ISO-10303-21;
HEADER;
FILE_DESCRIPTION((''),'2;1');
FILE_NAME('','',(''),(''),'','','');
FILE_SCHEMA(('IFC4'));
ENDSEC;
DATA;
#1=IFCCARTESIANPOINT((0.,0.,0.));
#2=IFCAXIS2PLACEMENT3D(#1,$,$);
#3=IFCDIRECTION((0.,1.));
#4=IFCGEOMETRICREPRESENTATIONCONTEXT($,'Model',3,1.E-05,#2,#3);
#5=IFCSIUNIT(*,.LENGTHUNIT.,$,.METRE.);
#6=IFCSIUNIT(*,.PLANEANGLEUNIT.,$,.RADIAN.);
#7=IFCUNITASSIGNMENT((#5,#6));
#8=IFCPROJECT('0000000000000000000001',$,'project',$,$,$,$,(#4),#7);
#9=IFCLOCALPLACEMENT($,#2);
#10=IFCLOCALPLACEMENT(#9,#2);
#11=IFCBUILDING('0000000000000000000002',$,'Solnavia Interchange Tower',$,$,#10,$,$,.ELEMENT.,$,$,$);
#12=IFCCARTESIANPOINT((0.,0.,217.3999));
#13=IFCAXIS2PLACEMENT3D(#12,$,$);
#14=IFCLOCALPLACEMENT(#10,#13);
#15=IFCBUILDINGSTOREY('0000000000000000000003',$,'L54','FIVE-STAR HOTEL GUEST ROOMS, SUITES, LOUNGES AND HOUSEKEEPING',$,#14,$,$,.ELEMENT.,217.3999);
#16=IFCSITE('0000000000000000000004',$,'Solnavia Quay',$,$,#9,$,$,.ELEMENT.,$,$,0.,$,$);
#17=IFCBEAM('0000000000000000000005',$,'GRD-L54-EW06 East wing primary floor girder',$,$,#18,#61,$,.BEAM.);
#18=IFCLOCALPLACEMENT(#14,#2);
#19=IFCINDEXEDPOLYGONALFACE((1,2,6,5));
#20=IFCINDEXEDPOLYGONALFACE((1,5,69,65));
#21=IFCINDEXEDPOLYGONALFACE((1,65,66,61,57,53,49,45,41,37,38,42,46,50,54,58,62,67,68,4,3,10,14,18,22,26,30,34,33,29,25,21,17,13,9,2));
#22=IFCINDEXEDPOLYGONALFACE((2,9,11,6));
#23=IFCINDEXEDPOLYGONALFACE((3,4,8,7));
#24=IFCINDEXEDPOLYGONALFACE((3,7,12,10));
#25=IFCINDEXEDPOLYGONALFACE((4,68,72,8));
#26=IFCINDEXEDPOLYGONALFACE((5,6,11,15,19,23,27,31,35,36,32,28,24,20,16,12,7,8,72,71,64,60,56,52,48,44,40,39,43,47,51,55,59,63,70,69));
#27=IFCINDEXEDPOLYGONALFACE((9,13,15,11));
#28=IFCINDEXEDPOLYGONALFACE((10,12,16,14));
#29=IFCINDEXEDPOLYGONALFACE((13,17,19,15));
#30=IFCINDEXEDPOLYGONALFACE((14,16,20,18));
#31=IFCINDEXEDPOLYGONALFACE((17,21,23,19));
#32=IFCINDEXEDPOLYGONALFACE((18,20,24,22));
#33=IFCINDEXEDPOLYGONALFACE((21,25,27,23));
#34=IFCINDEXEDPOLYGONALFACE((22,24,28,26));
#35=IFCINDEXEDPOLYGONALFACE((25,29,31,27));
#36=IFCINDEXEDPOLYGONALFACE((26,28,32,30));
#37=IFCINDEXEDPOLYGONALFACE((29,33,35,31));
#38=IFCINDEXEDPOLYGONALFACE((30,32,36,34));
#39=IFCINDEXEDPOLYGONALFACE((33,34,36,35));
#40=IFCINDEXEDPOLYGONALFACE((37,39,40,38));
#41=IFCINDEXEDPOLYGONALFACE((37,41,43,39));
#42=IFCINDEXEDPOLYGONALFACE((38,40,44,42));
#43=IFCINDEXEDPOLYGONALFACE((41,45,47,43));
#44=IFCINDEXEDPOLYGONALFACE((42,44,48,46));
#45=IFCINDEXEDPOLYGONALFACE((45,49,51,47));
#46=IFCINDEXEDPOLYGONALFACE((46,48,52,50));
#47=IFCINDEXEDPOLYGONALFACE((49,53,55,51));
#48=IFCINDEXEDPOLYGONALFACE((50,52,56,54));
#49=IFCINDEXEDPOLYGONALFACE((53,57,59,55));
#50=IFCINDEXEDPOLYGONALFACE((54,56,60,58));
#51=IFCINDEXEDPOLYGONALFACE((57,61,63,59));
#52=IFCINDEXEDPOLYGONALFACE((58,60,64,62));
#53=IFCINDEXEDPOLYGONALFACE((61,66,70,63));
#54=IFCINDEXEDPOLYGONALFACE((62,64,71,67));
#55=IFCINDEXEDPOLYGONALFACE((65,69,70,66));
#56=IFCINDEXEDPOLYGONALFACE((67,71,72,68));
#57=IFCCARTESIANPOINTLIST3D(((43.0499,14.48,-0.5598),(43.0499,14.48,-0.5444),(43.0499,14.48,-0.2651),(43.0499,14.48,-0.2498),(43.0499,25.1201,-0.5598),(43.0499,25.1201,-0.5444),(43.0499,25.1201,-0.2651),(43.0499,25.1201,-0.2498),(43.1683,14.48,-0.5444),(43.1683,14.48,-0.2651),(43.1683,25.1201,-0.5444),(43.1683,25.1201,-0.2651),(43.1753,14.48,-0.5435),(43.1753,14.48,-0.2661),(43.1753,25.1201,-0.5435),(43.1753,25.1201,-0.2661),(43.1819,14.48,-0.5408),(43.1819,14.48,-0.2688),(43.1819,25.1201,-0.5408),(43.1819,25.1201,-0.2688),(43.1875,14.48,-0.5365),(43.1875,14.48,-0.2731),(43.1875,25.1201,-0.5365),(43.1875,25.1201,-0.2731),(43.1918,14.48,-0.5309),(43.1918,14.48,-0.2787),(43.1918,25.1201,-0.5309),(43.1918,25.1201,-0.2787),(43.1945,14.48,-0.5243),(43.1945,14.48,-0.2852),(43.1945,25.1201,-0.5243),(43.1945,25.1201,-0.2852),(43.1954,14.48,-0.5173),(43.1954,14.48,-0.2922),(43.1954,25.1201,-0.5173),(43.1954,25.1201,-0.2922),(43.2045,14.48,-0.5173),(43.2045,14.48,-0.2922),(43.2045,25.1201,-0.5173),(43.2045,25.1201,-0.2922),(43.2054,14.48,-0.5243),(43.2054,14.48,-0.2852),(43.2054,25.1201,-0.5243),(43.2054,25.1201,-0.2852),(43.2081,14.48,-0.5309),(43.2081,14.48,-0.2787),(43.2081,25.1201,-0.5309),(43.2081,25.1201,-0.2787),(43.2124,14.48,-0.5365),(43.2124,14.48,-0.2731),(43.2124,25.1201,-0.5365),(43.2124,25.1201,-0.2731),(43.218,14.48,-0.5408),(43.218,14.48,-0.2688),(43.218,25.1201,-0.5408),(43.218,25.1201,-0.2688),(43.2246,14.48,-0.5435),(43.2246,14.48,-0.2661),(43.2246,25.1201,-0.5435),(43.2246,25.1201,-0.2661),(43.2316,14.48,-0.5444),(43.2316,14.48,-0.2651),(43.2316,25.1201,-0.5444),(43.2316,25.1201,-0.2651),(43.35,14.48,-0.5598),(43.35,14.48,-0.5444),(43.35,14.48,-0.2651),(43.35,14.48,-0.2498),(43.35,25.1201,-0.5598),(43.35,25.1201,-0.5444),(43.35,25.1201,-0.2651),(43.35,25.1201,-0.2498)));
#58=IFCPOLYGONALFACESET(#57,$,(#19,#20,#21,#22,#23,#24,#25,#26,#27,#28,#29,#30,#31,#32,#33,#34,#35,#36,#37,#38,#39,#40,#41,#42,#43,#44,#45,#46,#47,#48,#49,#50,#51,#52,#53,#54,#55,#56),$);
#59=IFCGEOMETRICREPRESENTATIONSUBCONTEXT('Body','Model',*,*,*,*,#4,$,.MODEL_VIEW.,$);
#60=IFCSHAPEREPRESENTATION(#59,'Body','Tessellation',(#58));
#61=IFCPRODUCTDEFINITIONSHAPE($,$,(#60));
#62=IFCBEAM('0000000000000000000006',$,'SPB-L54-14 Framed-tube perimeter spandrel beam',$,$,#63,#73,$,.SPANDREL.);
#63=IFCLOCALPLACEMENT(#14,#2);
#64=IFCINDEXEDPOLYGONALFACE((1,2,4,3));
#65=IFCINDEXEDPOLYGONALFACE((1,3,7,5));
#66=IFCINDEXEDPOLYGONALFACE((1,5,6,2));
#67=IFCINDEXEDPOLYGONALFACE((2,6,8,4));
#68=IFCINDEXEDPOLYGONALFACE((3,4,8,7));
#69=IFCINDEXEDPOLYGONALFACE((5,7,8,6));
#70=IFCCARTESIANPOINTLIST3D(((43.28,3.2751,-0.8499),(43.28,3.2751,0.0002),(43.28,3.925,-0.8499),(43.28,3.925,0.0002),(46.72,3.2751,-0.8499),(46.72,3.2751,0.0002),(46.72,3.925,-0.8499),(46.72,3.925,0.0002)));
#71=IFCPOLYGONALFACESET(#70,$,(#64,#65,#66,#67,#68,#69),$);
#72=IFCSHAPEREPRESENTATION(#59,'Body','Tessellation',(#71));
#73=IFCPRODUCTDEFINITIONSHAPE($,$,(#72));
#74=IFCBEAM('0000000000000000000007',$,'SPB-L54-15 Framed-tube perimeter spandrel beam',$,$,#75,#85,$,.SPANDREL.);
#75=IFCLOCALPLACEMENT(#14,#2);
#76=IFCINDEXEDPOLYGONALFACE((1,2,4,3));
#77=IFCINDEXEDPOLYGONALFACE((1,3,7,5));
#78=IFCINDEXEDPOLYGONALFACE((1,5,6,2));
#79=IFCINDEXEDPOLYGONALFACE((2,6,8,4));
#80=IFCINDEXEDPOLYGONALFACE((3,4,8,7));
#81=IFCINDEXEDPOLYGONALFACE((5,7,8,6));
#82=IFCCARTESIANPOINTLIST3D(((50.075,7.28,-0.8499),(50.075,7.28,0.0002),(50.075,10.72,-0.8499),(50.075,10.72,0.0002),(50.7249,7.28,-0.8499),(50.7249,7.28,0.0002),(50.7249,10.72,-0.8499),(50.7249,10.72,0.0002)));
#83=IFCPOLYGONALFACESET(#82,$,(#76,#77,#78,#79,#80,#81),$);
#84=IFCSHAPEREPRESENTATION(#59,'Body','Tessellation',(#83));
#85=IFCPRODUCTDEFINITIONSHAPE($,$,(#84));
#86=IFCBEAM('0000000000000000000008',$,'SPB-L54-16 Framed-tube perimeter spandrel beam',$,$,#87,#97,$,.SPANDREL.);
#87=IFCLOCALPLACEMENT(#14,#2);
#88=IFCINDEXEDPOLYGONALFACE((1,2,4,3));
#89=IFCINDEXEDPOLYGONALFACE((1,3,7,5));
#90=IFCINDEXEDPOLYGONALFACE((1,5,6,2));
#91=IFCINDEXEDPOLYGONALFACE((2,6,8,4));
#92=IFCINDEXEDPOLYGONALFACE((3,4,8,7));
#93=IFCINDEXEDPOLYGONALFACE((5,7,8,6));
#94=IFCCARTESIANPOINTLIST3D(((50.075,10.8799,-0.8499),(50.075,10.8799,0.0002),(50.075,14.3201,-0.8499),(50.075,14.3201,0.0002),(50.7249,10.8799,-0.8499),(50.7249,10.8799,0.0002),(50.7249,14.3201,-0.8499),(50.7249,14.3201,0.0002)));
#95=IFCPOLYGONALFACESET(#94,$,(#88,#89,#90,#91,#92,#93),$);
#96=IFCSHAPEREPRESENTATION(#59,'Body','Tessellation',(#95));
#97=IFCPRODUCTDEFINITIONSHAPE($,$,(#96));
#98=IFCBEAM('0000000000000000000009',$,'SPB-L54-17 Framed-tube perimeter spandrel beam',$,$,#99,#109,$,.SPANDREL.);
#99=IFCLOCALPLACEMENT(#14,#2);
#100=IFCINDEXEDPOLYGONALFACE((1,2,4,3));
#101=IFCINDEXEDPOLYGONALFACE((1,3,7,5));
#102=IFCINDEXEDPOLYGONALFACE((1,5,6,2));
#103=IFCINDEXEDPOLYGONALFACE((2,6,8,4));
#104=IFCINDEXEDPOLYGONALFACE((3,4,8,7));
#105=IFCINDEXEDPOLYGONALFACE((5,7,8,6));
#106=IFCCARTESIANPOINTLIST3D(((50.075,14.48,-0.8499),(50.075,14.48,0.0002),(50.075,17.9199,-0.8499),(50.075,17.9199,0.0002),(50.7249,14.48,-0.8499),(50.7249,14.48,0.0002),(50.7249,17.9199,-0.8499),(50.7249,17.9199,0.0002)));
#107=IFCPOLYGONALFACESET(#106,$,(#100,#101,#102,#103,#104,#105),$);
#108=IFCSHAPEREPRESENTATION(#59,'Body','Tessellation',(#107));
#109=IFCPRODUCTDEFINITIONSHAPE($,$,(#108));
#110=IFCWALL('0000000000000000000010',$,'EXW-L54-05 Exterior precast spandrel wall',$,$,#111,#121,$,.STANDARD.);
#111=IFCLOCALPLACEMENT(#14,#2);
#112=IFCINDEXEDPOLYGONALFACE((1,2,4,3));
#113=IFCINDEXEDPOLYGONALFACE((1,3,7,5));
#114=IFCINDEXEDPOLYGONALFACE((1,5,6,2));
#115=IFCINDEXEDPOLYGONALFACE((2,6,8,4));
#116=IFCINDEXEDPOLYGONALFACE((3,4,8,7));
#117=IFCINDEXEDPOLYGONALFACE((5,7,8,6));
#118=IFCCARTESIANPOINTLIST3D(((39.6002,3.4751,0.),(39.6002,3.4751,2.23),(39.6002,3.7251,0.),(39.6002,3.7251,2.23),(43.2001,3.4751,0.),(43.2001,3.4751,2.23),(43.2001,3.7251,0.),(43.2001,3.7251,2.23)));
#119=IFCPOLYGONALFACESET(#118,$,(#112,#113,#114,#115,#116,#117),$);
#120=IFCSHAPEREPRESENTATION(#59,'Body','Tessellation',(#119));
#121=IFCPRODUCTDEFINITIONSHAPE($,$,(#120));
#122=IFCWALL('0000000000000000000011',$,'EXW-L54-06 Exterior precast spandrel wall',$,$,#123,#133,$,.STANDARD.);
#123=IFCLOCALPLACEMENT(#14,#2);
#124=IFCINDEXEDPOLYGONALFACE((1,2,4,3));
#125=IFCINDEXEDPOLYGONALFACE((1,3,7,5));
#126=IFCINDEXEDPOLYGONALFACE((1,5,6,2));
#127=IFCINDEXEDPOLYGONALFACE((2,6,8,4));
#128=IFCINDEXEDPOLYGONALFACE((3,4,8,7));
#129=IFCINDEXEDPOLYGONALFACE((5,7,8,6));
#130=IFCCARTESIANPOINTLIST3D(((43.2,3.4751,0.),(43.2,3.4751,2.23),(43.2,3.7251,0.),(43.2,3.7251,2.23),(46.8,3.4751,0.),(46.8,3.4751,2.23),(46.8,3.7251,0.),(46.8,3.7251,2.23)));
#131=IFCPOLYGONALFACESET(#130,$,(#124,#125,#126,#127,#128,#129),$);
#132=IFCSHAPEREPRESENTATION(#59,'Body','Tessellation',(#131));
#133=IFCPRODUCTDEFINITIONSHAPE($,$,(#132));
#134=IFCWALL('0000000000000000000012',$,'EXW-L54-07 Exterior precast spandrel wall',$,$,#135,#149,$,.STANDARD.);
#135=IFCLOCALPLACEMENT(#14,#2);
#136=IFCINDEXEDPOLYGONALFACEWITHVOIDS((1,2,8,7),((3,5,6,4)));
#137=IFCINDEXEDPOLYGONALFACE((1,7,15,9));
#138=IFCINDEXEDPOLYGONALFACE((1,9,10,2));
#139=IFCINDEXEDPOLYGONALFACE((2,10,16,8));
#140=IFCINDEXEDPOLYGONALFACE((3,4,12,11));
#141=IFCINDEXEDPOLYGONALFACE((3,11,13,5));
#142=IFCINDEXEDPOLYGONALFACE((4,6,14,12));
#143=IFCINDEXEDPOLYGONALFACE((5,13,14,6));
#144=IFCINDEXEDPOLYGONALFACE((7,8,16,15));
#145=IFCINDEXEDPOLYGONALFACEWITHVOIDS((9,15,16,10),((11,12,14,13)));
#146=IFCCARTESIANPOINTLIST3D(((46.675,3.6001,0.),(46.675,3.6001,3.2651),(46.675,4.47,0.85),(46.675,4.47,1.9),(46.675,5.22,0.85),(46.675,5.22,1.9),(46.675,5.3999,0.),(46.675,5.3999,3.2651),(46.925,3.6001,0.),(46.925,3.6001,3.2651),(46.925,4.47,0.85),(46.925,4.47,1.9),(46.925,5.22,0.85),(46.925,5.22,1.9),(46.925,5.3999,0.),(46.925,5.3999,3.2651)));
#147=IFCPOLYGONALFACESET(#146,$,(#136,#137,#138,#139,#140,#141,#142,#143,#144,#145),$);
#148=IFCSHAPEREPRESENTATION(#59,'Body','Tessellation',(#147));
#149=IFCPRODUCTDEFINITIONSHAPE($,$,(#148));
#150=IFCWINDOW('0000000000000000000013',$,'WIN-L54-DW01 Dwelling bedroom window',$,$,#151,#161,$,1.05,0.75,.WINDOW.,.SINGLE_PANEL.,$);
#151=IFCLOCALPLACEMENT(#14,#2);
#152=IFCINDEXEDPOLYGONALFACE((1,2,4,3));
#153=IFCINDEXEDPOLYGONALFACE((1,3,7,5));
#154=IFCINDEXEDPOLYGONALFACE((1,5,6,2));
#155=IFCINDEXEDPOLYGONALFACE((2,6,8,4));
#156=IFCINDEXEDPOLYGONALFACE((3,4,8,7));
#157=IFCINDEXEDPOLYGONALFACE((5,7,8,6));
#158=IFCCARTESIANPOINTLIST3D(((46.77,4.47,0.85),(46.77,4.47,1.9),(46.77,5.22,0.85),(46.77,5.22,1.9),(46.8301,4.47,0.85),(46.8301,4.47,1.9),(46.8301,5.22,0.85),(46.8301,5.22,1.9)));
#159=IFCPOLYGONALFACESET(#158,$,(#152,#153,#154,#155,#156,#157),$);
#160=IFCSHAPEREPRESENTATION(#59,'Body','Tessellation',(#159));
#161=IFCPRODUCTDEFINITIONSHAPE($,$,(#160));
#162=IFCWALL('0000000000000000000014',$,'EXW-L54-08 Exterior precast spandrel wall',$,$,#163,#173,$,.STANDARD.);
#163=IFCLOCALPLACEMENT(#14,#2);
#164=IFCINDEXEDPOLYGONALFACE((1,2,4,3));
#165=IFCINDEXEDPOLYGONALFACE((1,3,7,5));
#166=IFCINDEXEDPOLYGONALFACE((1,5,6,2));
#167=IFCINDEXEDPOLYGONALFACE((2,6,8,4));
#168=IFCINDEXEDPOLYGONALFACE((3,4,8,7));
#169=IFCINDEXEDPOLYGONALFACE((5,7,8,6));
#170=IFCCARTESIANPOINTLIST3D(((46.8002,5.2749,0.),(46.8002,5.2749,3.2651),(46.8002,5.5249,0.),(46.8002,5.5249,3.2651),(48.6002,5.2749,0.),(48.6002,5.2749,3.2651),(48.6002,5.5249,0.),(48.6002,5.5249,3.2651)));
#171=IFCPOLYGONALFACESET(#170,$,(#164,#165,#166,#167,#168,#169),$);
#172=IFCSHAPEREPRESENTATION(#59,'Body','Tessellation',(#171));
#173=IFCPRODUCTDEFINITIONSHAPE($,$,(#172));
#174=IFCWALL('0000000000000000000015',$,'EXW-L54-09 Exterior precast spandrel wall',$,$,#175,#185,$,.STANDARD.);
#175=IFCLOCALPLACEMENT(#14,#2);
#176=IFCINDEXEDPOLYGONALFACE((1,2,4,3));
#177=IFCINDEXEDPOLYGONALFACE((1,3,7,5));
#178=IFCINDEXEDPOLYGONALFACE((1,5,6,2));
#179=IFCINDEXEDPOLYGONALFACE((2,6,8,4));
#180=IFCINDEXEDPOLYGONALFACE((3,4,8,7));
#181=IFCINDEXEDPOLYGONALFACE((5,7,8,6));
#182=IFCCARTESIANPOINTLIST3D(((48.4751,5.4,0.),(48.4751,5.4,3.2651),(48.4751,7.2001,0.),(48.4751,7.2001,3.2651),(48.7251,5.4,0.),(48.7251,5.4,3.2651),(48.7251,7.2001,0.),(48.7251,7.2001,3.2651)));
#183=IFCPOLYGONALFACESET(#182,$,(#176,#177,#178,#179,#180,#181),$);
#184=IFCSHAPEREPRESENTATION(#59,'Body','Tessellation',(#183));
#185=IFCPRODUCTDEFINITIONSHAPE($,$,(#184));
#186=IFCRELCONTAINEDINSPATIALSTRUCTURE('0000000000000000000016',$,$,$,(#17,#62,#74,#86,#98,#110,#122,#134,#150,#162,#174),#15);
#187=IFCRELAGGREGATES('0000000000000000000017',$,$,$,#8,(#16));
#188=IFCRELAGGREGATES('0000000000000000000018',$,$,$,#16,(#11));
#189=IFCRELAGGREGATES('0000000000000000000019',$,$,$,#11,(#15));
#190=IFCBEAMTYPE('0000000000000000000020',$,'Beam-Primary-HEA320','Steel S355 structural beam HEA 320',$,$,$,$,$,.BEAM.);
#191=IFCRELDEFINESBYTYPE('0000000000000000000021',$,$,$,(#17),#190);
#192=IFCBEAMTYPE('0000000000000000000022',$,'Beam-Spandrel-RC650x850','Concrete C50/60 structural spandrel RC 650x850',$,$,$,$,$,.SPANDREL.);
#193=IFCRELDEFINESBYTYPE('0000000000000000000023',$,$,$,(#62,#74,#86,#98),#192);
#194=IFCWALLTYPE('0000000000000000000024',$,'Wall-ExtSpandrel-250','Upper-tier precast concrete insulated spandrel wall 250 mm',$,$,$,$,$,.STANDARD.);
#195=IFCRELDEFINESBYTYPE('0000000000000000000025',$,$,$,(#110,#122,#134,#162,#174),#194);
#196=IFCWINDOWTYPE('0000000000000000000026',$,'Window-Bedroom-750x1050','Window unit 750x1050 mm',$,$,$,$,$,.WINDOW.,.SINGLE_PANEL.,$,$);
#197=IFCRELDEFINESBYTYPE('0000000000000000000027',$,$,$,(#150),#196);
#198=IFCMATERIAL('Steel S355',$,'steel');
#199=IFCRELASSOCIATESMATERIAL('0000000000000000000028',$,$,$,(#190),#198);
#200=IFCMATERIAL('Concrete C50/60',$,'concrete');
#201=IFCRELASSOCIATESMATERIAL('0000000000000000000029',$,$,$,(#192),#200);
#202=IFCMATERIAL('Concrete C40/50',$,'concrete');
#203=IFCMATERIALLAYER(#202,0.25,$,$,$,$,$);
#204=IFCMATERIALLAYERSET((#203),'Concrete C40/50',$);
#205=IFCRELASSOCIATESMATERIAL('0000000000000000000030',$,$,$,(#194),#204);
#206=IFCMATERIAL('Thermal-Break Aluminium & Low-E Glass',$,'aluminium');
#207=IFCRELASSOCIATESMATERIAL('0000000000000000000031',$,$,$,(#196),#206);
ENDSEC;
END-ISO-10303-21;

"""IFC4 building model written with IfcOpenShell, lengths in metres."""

from ifc_helpers import new_model, si_unit, direction, frame, frame_2d, origin, origin_2d, place, context, subcontext, project, spatial, rectangle, i_section, extrude, material, layer, layer_set, material_profile, profile_set, type_object, element, fill, save


model = new_model("IFC4")

# Units and contexts
model_context = context("Model", 3, precision=1e-05, world=origin(), true_north=direction((0.0, 1.0)))
body_context = subcontext(model_context, "Body", "Model", "MODEL_VIEW")
ifc_project = project(units=[si_unit("LENGTHUNIT", "METRE"), si_unit("PLANEANGLEUNIT", "RADIAN")], contexts=[model_context])

# Site, building, storey
site_placement = place(None, origin())
site = spatial("IfcSite", under=ifc_project, at=site_placement, Name="Solnavia Quay", CompositionType="ELEMENT", RefElevation=0.0)
building_placement = place(site_placement, origin())
building = spatial("IfcBuilding", under=site, at=building_placement, Name="Solnavia Interchange Tower", CompositionType="ELEMENT")
storey_placement = place(building_placement, frame((0.0, 0.0, 217.3999)))
storey = spatial("IfcBuildingStorey", under=building, at=storey_placement, Name="L54", Description="FIVE-STAR HOTEL GUEST ROOMS, SUITES, LOUNGES AND HOUSEKEEPING", CompositionType="ELEMENT", Elevation=217.3999)

# Shared definitions
ifc_material_1 = material(Name="Concrete C50/60", Category="concrete")

# Beams
ifc_material_2 = material(Name="Steel S355", Category="steel")
ifc_material_profile_1 = material_profile(ifc_material_2, i_section(OverallWidth=0.3, OverallDepth=0.3101, WebThickness=0.009, FlangeThickness=0.0154, FilletRadius=0.0271, at=origin_2d()), Name="HEA 320")
ifc_profile_set_1 = profile_set([ifc_material_profile_1], Name="Steel S355")
beam_type_1 = type_object("IfcBeamType", Name="Beam-Primary-HEA320", Description="Steel S355 structural beam HEA 320", PredefinedType="BEAM", material=ifc_profile_set_1)
for number, where, z_axis, x_axis, name in (
    (1, (43.2, 14.48, -0.4048), (0.0, 1.0, 0.0), (-1.0, 0.0, 0.0), "GRD-L54-EW06 East wing primary floor girder"),
):
    element("IfcBeam", number, at=place(storey_placement, frame(where, z_axis=z_axis, x_axis=x_axis)), inside=storey, type_object=beam_type_1, Name=name, PredefinedType="BEAM", context=body_context, shape_type="SweptSolid", body=[
        extrude(i_section(OverallWidth=0.3, OverallDepth=0.3101, WebThickness=0.009, FlangeThickness=0.0154, FilletRadius=0.0271, at=origin_2d()), origin(), (0.0, 0.0, 1.0), 10.6401),
    ])
ifc_material_profile_2 = material_profile(ifc_material_1, rectangle(XDim=0.6499, YDim=0.8501, at=origin_2d()), Name="RC 650x850")
ifc_profile_set_2 = profile_set([ifc_material_profile_2], Name="Concrete C50/60")
beam_type_2 = type_object("IfcBeamType", Name="Beam-Spandrel-RC650x850", Description="Concrete C50/60 structural spandrel RC 650x850", PredefinedType="SPANDREL", material=ifc_profile_set_2)
for number, where, z_axis, x_axis, name in (
    (2, (43.28, 3.6001, -0.4248), (1.0, 0.0, 0.0), (0.0, 1.0, 0.0), "SPB-L54-14 Framed-tube perimeter spandrel beam"),
    (3, (50.3999, 7.28, -0.4248), (0.0, 1.0, 0.0), (-1.0, 0.0, 0.0), "SPB-L54-15 Framed-tube perimeter spandrel beam"),
):
    element("IfcBeam", number, at=place(storey_placement, frame(where, z_axis=z_axis, x_axis=x_axis)), inside=storey, type_object=beam_type_2, Name=name, PredefinedType="SPANDREL", context=body_context, shape_type="SweptSolid", body=[
        extrude(rectangle(XDim=0.6499, YDim=0.8501, at=origin_2d()), origin(), (0.0, 0.0, 1.0), 3.4399),
    ])
beam_1_placement = place(storey_placement, frame((50.3999, 10.8799, -0.4248), z_axis=(0.0, 1.0, 0.0), x_axis=(-1.0, 0.0, 0.0)))
element("IfcBeam", 4, at=beam_1_placement, inside=storey, type_object=beam_type_2, Name="SPB-L54-16 Framed-tube perimeter spandrel beam", PredefinedType="SPANDREL", context=body_context, shape_type="SweptSolid", body=[
    extrude(rectangle(XDim=0.6499, YDim=0.8501, at=origin_2d()), origin(), (0.0, 0.0, 1.0), 3.4402),
])
beam_2_placement = place(storey_placement, frame((50.3999, 14.48, -0.4248), z_axis=(0.0, 1.0, 0.0), x_axis=(-1.0, 0.0, 0.0)))
element("IfcBeam", 5, at=beam_2_placement, inside=storey, type_object=beam_type_2, Name="SPB-L54-17 Framed-tube perimeter spandrel beam", PredefinedType="SPANDREL", context=body_context, shape_type="SweptSolid", body=[
    extrude(rectangle(XDim=0.6499, YDim=0.8501, at=origin_2d()), origin(), (0.0, 0.0, 1.0), 3.4399),
])

# Walls
ifc_material_3 = material(Name="Concrete C40/50", Category="concrete")
ifc_layer = layer(ifc_material_3, 0.25)
ifc_layer_set = layer_set([ifc_layer], Name="Concrete C40/50")
wall_type = type_object("IfcWallType", Name="Wall-ExtSpandrel-250", Description="Upper-tier precast concrete insulated spandrel wall 250 mm", PredefinedType="STANDARD", material=ifc_layer_set)
wall_1_placement = place(storey_placement, frame((43.2, 3.6001, 0.0), z_axis=(0.0, 0.0, 1.0), x_axis=(-1.0, 0.0, 0.0)))
element("IfcWall", 6, at=wall_1_placement, inside=storey, type_object=wall_type, Name="EXW-L54-05 Exterior precast spandrel wall", PredefinedType="STANDARD", context=body_context, shape_type="SweptSolid", body=[
    extrude(rectangle(XDim=3.5999, YDim=0.25, at=frame_2d((1.7998, 0.0))), origin(), (0.0, 0.0, 1.0), 2.23),
])
wall_2_placement = place(storey_placement, frame((46.8, 3.6001, 0.0), z_axis=(0.0, 0.0, 1.0), x_axis=(-1.0, 0.0, 0.0)))
element("IfcWall", 7, at=wall_2_placement, inside=storey, type_object=wall_type, Name="EXW-L54-06 Exterior precast spandrel wall", PredefinedType="STANDARD", context=body_context, shape_type="SweptSolid", body=[
    extrude(rectangle(XDim=3.6001, YDim=0.25, at=frame_2d((1.8, 0.0))), origin(), (0.0, 0.0, 1.0), 2.23),
])

# Wall, opening, window
wall_3_placement = place(storey_placement, frame((46.8, 5.3999, 0.0), z_axis=(0.0, 0.0, 1.0), x_axis=(0.0, -1.0, 0.0)))
wall_3 = element("IfcWall", 8, at=wall_3_placement, inside=storey, type_object=wall_type, Name="EXW-L54-07 Exterior precast spandrel wall", PredefinedType="STANDARD", context=body_context, shape_type="SweptSolid", body=[
    extrude(rectangle(XDim=1.7998, YDim=0.25, at=frame_2d((0.8999, 0.0))), origin(), (0.0, 0.0, 1.0), 3.2651),
])
opening_placement = place(wall_3_placement, frame((0.1799, 0.0, 0.8501)))
opening = element("IfcOpeningElement", 9, at=opening_placement, cuts=wall_3, PredefinedType="OPENING", context=body_context, shape_type="SweptSolid", body=[
    extrude(rectangle(XDim=0.75, YDim=1.05, at=frame_2d((0.375, 0.5249))), frame((0.0, 0.135, 0.0), z_axis=(0.0, -1.0, 0.0), x_axis=(1.0, 0.0, 0.0)), (0.0, 0.0, 1.0), 0.27),
])
ifc_material_4 = material(Name="Thermal-Break Aluminium & Low-E Glass", Category="aluminium")
window_type = type_object("IfcWindowType", Name="Window-Bedroom-750x1050", Description="Window unit 750x1050 mm", PartitioningType="SINGLE_PANEL", PredefinedType="WINDOW", material=ifc_material_4)
window_placement = place(opening_placement, origin())
window = element("IfcWindow", 10, at=window_placement, inside=storey, type_object=window_type, Name="WIN-L54-DW01 Dwelling bedroom window", OverallHeight=1.05, OverallWidth=0.75, PartitioningType="SINGLE_PANEL", PredefinedType="WINDOW", context=body_context, shape_type="SweptSolid", body=[
    extrude(rectangle(XDim=0.75, YDim=1.05, at=frame_2d((0.375, 0.5249))), frame((0.0, 0.03, 0.0), z_axis=(0.0, -1.0, 0.0), x_axis=(1.0, 0.0, 0.0)), (0.0, 0.0, 1.0), 0.0601),
])
fill(opening, window)

# Walls
for number, where, z_axis, x_axis, name in (
    (11, (48.6001, 5.3999, 0.0), (0.0, 0.0, 1.0), (-1.0, 0.0, 0.0), "EXW-L54-08 Exterior precast spandrel wall"),
    (12, (48.6001, 7.2, 0.0), (0.0, 0.0, 1.0), (0.0, -1.0, 0.0), "EXW-L54-09 Exterior precast spandrel wall"),
):
    element("IfcWall", number, at=place(storey_placement, frame(where, z_axis=z_axis, x_axis=x_axis)), inside=storey, type_object=wall_type, Name=name, PredefinedType="STANDARD", context=body_context, shape_type="SweptSolid", body=[
        extrude(rectangle(XDim=1.8, YDim=0.25, at=frame_2d((0.8999, 0.0))), origin(), (0.0, 0.0, 1.0), 3.2651),
    ])

save(model, "model.ifc")
